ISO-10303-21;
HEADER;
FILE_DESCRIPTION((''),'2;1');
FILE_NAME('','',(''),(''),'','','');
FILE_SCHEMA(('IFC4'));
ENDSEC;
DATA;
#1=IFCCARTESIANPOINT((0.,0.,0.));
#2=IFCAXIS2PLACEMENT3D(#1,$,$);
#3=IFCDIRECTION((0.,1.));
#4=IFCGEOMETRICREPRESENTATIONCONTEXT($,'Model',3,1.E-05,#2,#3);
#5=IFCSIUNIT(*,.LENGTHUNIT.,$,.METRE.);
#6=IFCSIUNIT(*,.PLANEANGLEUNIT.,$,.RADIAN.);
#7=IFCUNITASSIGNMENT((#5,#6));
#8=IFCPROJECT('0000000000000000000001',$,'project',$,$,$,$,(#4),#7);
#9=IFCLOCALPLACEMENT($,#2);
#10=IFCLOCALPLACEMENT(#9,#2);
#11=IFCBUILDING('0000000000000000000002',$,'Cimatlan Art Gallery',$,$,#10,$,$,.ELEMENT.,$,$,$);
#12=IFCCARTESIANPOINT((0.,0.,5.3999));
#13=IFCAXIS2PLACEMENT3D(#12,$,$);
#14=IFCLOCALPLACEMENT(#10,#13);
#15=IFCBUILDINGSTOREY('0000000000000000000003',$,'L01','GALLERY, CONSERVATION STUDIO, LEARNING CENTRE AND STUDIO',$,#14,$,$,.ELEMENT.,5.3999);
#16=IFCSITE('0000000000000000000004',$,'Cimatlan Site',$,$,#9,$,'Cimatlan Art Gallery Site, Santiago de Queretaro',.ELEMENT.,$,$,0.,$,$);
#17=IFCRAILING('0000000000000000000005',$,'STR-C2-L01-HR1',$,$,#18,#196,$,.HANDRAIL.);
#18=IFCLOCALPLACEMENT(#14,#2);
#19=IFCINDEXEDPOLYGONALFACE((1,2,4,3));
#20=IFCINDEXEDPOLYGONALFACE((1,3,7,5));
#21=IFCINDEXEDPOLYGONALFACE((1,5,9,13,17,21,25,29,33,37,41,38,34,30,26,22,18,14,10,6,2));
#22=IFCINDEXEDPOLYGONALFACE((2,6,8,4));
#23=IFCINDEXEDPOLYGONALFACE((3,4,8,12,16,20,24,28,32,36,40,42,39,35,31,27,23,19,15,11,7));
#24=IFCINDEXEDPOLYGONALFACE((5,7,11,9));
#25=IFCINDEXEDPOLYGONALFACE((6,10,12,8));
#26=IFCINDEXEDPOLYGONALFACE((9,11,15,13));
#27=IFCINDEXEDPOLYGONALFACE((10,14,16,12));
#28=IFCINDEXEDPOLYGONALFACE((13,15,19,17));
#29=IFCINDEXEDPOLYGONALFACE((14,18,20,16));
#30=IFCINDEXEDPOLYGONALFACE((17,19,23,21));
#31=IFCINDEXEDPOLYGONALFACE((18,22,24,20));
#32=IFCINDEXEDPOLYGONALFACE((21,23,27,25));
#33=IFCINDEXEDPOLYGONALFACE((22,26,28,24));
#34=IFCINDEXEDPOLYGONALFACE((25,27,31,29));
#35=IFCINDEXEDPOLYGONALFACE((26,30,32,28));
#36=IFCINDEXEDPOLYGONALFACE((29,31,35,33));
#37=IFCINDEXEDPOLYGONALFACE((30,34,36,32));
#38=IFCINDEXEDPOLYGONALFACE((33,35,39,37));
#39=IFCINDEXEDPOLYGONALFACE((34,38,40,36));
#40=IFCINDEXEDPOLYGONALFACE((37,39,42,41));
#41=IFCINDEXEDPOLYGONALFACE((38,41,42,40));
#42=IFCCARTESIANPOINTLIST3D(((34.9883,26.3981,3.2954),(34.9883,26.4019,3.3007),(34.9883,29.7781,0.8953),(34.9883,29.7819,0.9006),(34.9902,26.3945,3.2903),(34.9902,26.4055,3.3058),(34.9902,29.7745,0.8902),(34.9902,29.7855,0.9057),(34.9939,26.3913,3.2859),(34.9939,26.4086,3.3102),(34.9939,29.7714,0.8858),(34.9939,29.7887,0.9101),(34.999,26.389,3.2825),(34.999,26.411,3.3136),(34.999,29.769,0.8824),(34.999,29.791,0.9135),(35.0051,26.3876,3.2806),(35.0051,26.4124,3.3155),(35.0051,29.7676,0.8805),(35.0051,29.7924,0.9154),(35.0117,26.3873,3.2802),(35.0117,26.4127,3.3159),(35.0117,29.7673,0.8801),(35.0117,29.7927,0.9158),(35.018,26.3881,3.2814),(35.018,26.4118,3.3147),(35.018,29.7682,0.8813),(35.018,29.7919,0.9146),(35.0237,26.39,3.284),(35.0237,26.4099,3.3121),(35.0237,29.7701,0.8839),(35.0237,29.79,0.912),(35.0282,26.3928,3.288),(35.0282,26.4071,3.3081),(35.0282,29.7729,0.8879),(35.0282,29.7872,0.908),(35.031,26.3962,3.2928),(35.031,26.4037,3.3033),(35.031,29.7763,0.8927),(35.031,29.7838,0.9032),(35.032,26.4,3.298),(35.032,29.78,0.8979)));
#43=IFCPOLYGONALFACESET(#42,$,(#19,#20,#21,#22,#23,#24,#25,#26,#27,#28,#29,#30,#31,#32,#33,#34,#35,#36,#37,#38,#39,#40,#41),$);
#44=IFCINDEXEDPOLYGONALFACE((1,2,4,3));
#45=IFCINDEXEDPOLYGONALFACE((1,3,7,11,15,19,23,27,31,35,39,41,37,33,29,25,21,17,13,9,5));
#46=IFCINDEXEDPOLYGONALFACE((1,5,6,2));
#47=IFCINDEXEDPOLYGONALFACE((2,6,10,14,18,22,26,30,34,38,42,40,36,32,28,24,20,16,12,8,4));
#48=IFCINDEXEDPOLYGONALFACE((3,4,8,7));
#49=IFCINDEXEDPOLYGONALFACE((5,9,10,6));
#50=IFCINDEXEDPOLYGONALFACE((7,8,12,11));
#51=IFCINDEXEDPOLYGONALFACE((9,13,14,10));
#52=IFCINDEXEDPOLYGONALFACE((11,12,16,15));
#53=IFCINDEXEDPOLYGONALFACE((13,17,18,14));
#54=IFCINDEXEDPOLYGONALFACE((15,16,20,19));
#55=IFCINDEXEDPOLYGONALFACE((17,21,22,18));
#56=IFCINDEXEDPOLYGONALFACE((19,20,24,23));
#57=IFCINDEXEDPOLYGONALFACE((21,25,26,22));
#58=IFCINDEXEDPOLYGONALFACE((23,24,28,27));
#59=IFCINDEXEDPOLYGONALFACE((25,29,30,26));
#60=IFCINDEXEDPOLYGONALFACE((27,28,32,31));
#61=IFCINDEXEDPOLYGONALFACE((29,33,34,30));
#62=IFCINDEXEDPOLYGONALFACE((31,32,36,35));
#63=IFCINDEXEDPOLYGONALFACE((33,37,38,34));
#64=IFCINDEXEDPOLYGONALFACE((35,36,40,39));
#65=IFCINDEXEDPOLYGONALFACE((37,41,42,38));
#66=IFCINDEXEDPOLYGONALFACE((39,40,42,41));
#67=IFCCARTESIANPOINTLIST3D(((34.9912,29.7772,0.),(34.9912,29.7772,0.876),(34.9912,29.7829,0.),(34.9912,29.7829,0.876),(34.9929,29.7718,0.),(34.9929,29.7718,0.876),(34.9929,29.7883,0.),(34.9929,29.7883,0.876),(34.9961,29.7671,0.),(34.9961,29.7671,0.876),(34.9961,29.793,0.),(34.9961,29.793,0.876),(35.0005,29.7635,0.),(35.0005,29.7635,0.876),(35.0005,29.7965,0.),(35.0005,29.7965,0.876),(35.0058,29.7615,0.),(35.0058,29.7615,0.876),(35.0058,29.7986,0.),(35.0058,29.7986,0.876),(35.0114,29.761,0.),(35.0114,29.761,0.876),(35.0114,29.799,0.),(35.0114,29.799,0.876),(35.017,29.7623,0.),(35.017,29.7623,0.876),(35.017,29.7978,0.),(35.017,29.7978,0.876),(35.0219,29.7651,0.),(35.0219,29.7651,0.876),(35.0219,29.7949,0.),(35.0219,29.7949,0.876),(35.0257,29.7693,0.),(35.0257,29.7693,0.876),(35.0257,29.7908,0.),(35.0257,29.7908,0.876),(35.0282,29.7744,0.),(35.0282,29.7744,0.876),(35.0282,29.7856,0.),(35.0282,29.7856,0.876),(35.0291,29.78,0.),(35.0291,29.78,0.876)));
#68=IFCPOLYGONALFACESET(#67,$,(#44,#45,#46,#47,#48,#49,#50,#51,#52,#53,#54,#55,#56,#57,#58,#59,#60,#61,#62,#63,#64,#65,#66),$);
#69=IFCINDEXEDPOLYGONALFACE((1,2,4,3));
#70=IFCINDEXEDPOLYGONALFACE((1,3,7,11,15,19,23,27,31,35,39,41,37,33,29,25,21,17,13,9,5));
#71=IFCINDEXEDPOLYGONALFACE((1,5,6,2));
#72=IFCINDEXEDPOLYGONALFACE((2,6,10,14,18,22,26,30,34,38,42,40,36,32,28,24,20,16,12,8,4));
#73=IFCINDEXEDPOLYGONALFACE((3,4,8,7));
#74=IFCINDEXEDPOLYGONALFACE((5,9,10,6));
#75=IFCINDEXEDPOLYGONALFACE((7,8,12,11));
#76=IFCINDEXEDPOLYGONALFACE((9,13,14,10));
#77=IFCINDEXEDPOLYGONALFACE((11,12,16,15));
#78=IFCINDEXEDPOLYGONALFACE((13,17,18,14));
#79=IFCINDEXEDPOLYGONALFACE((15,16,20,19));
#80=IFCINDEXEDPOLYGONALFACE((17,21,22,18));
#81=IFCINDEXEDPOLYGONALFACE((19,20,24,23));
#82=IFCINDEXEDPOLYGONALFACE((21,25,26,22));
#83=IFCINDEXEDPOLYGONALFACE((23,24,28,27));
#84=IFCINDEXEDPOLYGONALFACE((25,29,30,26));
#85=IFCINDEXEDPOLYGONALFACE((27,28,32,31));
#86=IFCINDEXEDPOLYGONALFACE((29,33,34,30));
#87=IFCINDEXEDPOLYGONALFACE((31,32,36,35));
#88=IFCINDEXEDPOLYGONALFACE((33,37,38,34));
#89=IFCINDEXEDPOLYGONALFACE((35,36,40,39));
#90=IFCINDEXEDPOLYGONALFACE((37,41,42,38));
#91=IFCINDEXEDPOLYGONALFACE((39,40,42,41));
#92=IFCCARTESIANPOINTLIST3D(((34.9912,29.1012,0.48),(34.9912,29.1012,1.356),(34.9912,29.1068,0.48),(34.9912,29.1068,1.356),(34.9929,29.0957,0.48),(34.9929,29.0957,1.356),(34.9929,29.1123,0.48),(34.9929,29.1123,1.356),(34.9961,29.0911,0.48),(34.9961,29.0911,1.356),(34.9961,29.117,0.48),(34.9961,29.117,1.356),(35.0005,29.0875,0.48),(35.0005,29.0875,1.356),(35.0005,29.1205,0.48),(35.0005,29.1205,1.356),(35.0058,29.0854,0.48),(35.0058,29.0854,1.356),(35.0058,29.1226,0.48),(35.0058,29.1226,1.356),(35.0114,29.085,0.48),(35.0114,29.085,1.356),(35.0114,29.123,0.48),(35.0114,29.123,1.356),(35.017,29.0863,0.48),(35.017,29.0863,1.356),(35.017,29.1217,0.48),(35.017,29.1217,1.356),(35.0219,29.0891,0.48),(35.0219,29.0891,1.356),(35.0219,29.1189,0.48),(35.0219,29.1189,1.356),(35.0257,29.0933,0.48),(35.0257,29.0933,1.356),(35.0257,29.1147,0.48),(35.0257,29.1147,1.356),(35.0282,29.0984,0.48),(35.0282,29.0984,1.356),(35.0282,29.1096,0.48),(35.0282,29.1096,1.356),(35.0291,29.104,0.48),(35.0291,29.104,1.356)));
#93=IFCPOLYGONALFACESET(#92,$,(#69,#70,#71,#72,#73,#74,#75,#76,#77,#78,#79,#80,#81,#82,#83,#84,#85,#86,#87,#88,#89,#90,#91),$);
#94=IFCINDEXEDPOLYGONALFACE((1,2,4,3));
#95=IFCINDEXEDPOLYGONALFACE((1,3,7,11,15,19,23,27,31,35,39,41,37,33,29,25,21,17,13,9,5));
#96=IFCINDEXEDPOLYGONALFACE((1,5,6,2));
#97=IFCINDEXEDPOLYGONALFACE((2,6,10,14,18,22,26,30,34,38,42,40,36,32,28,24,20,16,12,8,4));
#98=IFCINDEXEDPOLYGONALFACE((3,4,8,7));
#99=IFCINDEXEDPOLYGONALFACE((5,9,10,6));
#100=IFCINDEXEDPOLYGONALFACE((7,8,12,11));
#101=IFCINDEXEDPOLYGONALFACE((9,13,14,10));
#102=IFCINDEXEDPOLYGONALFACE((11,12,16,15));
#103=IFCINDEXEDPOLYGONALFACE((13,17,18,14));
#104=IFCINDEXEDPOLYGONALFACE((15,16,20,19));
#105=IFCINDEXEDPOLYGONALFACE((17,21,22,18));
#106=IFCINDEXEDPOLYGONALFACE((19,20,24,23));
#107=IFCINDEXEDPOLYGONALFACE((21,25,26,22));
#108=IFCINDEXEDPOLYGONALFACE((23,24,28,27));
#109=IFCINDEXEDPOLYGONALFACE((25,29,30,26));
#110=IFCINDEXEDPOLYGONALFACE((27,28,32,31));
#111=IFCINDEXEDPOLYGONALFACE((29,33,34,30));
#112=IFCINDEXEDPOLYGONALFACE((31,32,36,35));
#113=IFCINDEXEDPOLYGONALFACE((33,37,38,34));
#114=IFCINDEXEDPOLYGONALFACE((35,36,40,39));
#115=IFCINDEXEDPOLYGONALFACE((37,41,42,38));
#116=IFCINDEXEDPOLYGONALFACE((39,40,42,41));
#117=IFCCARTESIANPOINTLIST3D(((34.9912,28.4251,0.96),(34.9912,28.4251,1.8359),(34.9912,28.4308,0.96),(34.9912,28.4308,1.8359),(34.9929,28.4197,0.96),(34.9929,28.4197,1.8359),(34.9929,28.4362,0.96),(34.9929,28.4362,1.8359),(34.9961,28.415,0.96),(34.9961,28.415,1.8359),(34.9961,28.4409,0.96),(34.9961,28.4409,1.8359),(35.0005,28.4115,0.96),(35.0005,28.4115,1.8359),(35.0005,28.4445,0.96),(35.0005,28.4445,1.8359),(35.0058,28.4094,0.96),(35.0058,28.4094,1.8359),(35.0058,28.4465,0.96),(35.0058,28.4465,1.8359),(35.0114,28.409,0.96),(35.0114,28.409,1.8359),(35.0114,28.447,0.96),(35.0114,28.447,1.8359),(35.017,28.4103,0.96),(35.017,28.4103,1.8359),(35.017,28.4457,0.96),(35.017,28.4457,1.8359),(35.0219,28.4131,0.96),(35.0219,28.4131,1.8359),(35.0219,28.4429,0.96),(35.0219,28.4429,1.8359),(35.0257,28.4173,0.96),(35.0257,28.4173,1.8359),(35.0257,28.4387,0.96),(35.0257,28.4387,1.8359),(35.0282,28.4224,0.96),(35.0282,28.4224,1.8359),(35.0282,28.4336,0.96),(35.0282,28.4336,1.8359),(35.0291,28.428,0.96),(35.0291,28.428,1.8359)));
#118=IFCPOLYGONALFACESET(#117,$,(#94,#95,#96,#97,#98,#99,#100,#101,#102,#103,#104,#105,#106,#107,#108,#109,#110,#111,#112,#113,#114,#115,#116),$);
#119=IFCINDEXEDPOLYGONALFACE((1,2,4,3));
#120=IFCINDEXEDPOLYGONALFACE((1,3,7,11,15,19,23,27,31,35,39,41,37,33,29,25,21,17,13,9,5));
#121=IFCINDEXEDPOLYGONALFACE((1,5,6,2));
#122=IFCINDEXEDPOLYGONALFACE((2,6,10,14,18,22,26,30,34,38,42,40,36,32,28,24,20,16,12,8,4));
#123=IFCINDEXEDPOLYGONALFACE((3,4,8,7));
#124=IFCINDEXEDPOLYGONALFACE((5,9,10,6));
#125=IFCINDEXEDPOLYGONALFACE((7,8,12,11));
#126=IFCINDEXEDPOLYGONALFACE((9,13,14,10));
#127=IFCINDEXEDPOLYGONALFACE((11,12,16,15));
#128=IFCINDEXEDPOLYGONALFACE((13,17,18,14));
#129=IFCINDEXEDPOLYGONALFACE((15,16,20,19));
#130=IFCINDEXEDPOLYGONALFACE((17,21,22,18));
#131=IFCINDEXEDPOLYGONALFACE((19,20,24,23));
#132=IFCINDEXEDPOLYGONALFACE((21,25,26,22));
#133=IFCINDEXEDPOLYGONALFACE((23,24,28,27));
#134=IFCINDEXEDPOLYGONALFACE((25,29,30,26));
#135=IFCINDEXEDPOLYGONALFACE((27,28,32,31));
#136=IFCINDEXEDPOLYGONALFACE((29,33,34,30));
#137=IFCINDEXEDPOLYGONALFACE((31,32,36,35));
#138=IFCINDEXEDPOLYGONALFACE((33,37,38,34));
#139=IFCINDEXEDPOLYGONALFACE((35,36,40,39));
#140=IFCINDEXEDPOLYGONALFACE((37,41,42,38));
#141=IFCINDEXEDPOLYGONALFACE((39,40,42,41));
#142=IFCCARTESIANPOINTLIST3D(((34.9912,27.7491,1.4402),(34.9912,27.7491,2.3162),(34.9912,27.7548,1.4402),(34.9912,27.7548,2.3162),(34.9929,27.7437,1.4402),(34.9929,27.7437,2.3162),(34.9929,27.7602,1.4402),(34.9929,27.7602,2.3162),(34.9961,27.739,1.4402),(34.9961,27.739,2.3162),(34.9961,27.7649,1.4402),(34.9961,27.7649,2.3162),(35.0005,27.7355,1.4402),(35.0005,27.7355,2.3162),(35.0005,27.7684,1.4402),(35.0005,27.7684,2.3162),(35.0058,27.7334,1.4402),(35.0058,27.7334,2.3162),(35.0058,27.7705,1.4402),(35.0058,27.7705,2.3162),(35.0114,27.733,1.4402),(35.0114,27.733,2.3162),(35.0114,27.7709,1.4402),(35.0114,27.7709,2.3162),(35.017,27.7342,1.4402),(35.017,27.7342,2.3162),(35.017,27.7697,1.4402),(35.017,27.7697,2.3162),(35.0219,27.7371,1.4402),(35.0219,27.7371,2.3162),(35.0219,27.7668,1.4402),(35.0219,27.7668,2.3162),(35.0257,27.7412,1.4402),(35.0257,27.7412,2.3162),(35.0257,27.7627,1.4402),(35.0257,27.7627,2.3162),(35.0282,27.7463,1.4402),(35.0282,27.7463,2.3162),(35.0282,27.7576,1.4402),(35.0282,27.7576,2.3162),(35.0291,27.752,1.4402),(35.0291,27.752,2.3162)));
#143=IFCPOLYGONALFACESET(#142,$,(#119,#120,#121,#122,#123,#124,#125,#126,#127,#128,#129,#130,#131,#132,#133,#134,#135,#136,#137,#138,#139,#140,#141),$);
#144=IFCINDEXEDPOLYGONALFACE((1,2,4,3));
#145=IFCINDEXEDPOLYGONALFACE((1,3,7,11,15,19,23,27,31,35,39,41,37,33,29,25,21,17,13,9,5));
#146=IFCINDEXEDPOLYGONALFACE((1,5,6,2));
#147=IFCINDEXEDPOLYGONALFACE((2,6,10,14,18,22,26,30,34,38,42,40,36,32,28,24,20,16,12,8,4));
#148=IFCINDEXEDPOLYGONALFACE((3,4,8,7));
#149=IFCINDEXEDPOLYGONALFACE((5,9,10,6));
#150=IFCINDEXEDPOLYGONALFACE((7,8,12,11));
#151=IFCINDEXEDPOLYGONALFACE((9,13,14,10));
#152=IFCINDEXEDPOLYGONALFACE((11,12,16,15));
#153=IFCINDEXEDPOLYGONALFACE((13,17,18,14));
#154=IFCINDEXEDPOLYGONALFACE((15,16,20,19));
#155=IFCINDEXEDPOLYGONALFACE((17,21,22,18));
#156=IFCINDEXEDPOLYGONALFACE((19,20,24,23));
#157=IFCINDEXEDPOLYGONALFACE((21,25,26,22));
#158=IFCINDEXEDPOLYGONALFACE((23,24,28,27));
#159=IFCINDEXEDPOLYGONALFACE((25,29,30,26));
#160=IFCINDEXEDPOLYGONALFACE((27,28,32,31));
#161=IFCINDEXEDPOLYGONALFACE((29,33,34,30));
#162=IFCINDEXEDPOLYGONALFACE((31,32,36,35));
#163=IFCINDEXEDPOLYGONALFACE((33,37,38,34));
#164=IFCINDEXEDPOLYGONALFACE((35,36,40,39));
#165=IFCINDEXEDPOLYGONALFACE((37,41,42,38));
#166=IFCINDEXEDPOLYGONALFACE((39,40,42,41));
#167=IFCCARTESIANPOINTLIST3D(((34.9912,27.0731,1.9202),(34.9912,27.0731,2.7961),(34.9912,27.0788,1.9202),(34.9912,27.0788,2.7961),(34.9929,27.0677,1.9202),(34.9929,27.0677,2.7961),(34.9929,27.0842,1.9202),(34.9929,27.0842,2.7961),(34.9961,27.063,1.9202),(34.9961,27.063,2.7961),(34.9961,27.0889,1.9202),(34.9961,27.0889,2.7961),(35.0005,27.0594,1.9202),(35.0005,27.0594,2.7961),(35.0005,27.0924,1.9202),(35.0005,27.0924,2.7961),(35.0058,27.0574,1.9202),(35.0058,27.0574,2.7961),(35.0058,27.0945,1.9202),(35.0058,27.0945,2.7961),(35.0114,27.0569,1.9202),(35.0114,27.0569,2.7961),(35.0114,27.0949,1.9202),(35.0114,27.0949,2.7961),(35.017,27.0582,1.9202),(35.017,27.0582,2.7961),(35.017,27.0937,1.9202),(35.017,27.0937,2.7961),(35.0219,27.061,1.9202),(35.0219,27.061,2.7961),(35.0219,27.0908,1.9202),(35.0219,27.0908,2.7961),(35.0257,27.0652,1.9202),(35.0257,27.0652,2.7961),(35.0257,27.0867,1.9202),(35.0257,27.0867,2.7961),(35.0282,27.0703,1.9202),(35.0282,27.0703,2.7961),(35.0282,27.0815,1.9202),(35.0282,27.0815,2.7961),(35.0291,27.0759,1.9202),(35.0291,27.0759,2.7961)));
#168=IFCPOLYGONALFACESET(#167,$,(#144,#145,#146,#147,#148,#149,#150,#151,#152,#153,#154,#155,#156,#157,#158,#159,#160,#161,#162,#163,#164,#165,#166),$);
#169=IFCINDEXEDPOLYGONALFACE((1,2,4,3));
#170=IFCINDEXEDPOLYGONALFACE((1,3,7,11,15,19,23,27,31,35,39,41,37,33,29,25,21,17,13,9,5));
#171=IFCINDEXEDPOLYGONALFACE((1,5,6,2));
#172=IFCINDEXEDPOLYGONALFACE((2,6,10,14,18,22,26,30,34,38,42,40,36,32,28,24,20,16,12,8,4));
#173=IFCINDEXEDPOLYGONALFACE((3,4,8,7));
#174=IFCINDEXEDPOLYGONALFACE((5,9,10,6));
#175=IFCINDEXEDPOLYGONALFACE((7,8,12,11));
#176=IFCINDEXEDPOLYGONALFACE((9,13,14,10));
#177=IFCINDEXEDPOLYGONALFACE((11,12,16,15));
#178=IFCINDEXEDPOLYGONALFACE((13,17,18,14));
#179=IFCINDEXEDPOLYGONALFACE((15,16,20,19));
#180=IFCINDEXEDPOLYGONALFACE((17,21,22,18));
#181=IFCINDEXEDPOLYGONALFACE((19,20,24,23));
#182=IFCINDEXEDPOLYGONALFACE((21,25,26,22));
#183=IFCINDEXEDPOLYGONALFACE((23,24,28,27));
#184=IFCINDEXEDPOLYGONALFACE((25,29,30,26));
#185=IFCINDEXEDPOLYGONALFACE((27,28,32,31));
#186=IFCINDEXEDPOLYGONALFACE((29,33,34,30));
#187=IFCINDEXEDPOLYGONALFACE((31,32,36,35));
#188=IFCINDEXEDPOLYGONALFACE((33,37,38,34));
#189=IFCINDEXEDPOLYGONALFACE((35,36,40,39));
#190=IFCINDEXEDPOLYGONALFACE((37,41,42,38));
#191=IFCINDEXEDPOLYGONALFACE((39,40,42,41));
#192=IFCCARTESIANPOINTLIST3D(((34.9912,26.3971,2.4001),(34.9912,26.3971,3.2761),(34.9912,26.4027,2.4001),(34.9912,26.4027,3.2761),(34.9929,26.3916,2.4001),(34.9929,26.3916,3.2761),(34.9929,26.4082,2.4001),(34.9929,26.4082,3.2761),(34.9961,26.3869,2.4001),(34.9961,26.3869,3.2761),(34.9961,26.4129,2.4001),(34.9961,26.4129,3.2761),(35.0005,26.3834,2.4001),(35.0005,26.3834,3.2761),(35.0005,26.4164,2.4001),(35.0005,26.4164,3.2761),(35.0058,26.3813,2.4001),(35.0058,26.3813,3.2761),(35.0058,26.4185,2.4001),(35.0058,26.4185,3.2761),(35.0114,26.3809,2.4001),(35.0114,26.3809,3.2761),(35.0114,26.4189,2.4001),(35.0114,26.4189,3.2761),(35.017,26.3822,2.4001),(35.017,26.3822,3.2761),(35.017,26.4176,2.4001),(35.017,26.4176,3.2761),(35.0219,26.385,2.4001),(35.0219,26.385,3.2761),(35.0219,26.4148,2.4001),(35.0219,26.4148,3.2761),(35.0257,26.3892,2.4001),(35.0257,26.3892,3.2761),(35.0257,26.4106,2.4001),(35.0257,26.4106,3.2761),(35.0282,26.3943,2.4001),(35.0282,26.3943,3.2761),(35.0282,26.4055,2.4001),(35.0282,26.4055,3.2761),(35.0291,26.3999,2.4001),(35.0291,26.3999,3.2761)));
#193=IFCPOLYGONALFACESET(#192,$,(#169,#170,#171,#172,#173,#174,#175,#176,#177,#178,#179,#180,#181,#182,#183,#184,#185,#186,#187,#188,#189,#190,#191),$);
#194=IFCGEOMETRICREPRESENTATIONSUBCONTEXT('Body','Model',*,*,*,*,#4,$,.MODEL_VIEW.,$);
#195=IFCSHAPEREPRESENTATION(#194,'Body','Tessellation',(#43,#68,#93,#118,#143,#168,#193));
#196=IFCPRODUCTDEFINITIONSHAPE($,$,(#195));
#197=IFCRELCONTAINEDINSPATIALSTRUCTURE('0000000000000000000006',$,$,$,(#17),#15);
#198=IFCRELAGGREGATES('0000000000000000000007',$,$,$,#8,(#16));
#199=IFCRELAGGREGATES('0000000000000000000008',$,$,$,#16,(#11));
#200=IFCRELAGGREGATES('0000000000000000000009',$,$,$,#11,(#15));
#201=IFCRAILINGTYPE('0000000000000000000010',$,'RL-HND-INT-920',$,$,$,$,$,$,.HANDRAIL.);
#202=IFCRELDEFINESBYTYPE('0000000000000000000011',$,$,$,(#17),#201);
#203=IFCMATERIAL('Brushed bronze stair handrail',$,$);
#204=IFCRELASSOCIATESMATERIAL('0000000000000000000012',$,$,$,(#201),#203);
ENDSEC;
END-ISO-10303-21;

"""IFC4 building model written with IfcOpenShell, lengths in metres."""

from ifc_helpers import new_model, si_unit, direction, frame, origin, origin_2d, place, context, subcontext, project, spatial, circle, extrude, material, type_object, element, save


model = new_model("IFC4")

# Units and contexts
model_context = context("Model", 3, precision=1e-05, world=origin(), true_north=direction((0.0, 1.0)))
body_context = subcontext(model_context, "Body", "Model", "MODEL_VIEW")
ifc_project = project(units=[si_unit("LENGTHUNIT", "METRE"), si_unit("PLANEANGLEUNIT", "RADIAN")], contexts=[model_context])

# Site, building, storey
site_placement = place(None, origin())
site = spatial("IfcSite", under=ifc_project, at=site_placement, Name="Cimatlan Site", LongName="Cimatlan Art Gallery Site, Santiago de Queretaro", CompositionType="ELEMENT", RefElevation=0.0)
building_placement = place(site_placement, origin())
building = spatial("IfcBuilding", under=site, at=building_placement, Name="Cimatlan Art Gallery", CompositionType="ELEMENT")
storey_placement = place(building_placement, frame((0.0, 0.0, 5.3999)))
storey = spatial("IfcBuildingStorey", under=building, at=storey_placement, Name="L01", Description="GALLERY, CONSERVATION STUDIO, LEARNING CENTRE AND STUDIO", CompositionType="ELEMENT", Elevation=5.3999)

# Railing
ifc_material_1 = material(Name="Brushed bronze stair handrail")
railing_type_1 = type_object("IfcRailingType", Name="RL-HND-INT-920", PredefinedType="HANDRAIL", material=ifc_material_1)
railing_1_placement = place(storey_placement, frame((35.01, 29.78, 0.0)))
element("IfcRailing", 1, at=railing_1_placement, inside=storey, type_object=railing_type_1, Name="STR-C2-L01-HR1", PredefinedType="HANDRAIL", context=body_context, shape_type="SweptSolid", body=[
    extrude(circle(Radius=0.022, at=origin_2d()), frame((0.0, 0.0, 0.8979), z_axis=(0.0, -0.815354, 0.578963), x_axis=(1.0, 0.0, 0.0)), (0.0, 0.0, 1.0), 4.1455),
    extrude(circle(Radius=0.019, at=origin_2d()), origin(), (0.0, 0.0, 1.0), 0.876),
    extrude(circle(Radius=0.019, at=origin_2d()), frame((0.0, -0.676, 0.48)), (0.0, 0.0, 1.0), 0.876),
    extrude(circle(Radius=0.019, at=origin_2d()), frame((0.0, -1.3521, 0.96)), (0.0, 0.0, 1.0), 0.876),
    extrude(circle(Radius=0.019, at=origin_2d()), frame((0.0, -2.0281, 1.4402)), (0.0, 0.0, 1.0), 0.876),
    extrude(circle(Radius=0.019, at=origin_2d()), frame((0.0, -2.7041, 1.9202)), (0.0, 0.0, 1.0), 0.876),
    extrude(circle(Radius=0.019, at=origin_2d()), frame((0.0, -3.3801, 2.4001)), (0.0, 0.0, 1.0), 0.876),
])

save(model, "model.ifc")
